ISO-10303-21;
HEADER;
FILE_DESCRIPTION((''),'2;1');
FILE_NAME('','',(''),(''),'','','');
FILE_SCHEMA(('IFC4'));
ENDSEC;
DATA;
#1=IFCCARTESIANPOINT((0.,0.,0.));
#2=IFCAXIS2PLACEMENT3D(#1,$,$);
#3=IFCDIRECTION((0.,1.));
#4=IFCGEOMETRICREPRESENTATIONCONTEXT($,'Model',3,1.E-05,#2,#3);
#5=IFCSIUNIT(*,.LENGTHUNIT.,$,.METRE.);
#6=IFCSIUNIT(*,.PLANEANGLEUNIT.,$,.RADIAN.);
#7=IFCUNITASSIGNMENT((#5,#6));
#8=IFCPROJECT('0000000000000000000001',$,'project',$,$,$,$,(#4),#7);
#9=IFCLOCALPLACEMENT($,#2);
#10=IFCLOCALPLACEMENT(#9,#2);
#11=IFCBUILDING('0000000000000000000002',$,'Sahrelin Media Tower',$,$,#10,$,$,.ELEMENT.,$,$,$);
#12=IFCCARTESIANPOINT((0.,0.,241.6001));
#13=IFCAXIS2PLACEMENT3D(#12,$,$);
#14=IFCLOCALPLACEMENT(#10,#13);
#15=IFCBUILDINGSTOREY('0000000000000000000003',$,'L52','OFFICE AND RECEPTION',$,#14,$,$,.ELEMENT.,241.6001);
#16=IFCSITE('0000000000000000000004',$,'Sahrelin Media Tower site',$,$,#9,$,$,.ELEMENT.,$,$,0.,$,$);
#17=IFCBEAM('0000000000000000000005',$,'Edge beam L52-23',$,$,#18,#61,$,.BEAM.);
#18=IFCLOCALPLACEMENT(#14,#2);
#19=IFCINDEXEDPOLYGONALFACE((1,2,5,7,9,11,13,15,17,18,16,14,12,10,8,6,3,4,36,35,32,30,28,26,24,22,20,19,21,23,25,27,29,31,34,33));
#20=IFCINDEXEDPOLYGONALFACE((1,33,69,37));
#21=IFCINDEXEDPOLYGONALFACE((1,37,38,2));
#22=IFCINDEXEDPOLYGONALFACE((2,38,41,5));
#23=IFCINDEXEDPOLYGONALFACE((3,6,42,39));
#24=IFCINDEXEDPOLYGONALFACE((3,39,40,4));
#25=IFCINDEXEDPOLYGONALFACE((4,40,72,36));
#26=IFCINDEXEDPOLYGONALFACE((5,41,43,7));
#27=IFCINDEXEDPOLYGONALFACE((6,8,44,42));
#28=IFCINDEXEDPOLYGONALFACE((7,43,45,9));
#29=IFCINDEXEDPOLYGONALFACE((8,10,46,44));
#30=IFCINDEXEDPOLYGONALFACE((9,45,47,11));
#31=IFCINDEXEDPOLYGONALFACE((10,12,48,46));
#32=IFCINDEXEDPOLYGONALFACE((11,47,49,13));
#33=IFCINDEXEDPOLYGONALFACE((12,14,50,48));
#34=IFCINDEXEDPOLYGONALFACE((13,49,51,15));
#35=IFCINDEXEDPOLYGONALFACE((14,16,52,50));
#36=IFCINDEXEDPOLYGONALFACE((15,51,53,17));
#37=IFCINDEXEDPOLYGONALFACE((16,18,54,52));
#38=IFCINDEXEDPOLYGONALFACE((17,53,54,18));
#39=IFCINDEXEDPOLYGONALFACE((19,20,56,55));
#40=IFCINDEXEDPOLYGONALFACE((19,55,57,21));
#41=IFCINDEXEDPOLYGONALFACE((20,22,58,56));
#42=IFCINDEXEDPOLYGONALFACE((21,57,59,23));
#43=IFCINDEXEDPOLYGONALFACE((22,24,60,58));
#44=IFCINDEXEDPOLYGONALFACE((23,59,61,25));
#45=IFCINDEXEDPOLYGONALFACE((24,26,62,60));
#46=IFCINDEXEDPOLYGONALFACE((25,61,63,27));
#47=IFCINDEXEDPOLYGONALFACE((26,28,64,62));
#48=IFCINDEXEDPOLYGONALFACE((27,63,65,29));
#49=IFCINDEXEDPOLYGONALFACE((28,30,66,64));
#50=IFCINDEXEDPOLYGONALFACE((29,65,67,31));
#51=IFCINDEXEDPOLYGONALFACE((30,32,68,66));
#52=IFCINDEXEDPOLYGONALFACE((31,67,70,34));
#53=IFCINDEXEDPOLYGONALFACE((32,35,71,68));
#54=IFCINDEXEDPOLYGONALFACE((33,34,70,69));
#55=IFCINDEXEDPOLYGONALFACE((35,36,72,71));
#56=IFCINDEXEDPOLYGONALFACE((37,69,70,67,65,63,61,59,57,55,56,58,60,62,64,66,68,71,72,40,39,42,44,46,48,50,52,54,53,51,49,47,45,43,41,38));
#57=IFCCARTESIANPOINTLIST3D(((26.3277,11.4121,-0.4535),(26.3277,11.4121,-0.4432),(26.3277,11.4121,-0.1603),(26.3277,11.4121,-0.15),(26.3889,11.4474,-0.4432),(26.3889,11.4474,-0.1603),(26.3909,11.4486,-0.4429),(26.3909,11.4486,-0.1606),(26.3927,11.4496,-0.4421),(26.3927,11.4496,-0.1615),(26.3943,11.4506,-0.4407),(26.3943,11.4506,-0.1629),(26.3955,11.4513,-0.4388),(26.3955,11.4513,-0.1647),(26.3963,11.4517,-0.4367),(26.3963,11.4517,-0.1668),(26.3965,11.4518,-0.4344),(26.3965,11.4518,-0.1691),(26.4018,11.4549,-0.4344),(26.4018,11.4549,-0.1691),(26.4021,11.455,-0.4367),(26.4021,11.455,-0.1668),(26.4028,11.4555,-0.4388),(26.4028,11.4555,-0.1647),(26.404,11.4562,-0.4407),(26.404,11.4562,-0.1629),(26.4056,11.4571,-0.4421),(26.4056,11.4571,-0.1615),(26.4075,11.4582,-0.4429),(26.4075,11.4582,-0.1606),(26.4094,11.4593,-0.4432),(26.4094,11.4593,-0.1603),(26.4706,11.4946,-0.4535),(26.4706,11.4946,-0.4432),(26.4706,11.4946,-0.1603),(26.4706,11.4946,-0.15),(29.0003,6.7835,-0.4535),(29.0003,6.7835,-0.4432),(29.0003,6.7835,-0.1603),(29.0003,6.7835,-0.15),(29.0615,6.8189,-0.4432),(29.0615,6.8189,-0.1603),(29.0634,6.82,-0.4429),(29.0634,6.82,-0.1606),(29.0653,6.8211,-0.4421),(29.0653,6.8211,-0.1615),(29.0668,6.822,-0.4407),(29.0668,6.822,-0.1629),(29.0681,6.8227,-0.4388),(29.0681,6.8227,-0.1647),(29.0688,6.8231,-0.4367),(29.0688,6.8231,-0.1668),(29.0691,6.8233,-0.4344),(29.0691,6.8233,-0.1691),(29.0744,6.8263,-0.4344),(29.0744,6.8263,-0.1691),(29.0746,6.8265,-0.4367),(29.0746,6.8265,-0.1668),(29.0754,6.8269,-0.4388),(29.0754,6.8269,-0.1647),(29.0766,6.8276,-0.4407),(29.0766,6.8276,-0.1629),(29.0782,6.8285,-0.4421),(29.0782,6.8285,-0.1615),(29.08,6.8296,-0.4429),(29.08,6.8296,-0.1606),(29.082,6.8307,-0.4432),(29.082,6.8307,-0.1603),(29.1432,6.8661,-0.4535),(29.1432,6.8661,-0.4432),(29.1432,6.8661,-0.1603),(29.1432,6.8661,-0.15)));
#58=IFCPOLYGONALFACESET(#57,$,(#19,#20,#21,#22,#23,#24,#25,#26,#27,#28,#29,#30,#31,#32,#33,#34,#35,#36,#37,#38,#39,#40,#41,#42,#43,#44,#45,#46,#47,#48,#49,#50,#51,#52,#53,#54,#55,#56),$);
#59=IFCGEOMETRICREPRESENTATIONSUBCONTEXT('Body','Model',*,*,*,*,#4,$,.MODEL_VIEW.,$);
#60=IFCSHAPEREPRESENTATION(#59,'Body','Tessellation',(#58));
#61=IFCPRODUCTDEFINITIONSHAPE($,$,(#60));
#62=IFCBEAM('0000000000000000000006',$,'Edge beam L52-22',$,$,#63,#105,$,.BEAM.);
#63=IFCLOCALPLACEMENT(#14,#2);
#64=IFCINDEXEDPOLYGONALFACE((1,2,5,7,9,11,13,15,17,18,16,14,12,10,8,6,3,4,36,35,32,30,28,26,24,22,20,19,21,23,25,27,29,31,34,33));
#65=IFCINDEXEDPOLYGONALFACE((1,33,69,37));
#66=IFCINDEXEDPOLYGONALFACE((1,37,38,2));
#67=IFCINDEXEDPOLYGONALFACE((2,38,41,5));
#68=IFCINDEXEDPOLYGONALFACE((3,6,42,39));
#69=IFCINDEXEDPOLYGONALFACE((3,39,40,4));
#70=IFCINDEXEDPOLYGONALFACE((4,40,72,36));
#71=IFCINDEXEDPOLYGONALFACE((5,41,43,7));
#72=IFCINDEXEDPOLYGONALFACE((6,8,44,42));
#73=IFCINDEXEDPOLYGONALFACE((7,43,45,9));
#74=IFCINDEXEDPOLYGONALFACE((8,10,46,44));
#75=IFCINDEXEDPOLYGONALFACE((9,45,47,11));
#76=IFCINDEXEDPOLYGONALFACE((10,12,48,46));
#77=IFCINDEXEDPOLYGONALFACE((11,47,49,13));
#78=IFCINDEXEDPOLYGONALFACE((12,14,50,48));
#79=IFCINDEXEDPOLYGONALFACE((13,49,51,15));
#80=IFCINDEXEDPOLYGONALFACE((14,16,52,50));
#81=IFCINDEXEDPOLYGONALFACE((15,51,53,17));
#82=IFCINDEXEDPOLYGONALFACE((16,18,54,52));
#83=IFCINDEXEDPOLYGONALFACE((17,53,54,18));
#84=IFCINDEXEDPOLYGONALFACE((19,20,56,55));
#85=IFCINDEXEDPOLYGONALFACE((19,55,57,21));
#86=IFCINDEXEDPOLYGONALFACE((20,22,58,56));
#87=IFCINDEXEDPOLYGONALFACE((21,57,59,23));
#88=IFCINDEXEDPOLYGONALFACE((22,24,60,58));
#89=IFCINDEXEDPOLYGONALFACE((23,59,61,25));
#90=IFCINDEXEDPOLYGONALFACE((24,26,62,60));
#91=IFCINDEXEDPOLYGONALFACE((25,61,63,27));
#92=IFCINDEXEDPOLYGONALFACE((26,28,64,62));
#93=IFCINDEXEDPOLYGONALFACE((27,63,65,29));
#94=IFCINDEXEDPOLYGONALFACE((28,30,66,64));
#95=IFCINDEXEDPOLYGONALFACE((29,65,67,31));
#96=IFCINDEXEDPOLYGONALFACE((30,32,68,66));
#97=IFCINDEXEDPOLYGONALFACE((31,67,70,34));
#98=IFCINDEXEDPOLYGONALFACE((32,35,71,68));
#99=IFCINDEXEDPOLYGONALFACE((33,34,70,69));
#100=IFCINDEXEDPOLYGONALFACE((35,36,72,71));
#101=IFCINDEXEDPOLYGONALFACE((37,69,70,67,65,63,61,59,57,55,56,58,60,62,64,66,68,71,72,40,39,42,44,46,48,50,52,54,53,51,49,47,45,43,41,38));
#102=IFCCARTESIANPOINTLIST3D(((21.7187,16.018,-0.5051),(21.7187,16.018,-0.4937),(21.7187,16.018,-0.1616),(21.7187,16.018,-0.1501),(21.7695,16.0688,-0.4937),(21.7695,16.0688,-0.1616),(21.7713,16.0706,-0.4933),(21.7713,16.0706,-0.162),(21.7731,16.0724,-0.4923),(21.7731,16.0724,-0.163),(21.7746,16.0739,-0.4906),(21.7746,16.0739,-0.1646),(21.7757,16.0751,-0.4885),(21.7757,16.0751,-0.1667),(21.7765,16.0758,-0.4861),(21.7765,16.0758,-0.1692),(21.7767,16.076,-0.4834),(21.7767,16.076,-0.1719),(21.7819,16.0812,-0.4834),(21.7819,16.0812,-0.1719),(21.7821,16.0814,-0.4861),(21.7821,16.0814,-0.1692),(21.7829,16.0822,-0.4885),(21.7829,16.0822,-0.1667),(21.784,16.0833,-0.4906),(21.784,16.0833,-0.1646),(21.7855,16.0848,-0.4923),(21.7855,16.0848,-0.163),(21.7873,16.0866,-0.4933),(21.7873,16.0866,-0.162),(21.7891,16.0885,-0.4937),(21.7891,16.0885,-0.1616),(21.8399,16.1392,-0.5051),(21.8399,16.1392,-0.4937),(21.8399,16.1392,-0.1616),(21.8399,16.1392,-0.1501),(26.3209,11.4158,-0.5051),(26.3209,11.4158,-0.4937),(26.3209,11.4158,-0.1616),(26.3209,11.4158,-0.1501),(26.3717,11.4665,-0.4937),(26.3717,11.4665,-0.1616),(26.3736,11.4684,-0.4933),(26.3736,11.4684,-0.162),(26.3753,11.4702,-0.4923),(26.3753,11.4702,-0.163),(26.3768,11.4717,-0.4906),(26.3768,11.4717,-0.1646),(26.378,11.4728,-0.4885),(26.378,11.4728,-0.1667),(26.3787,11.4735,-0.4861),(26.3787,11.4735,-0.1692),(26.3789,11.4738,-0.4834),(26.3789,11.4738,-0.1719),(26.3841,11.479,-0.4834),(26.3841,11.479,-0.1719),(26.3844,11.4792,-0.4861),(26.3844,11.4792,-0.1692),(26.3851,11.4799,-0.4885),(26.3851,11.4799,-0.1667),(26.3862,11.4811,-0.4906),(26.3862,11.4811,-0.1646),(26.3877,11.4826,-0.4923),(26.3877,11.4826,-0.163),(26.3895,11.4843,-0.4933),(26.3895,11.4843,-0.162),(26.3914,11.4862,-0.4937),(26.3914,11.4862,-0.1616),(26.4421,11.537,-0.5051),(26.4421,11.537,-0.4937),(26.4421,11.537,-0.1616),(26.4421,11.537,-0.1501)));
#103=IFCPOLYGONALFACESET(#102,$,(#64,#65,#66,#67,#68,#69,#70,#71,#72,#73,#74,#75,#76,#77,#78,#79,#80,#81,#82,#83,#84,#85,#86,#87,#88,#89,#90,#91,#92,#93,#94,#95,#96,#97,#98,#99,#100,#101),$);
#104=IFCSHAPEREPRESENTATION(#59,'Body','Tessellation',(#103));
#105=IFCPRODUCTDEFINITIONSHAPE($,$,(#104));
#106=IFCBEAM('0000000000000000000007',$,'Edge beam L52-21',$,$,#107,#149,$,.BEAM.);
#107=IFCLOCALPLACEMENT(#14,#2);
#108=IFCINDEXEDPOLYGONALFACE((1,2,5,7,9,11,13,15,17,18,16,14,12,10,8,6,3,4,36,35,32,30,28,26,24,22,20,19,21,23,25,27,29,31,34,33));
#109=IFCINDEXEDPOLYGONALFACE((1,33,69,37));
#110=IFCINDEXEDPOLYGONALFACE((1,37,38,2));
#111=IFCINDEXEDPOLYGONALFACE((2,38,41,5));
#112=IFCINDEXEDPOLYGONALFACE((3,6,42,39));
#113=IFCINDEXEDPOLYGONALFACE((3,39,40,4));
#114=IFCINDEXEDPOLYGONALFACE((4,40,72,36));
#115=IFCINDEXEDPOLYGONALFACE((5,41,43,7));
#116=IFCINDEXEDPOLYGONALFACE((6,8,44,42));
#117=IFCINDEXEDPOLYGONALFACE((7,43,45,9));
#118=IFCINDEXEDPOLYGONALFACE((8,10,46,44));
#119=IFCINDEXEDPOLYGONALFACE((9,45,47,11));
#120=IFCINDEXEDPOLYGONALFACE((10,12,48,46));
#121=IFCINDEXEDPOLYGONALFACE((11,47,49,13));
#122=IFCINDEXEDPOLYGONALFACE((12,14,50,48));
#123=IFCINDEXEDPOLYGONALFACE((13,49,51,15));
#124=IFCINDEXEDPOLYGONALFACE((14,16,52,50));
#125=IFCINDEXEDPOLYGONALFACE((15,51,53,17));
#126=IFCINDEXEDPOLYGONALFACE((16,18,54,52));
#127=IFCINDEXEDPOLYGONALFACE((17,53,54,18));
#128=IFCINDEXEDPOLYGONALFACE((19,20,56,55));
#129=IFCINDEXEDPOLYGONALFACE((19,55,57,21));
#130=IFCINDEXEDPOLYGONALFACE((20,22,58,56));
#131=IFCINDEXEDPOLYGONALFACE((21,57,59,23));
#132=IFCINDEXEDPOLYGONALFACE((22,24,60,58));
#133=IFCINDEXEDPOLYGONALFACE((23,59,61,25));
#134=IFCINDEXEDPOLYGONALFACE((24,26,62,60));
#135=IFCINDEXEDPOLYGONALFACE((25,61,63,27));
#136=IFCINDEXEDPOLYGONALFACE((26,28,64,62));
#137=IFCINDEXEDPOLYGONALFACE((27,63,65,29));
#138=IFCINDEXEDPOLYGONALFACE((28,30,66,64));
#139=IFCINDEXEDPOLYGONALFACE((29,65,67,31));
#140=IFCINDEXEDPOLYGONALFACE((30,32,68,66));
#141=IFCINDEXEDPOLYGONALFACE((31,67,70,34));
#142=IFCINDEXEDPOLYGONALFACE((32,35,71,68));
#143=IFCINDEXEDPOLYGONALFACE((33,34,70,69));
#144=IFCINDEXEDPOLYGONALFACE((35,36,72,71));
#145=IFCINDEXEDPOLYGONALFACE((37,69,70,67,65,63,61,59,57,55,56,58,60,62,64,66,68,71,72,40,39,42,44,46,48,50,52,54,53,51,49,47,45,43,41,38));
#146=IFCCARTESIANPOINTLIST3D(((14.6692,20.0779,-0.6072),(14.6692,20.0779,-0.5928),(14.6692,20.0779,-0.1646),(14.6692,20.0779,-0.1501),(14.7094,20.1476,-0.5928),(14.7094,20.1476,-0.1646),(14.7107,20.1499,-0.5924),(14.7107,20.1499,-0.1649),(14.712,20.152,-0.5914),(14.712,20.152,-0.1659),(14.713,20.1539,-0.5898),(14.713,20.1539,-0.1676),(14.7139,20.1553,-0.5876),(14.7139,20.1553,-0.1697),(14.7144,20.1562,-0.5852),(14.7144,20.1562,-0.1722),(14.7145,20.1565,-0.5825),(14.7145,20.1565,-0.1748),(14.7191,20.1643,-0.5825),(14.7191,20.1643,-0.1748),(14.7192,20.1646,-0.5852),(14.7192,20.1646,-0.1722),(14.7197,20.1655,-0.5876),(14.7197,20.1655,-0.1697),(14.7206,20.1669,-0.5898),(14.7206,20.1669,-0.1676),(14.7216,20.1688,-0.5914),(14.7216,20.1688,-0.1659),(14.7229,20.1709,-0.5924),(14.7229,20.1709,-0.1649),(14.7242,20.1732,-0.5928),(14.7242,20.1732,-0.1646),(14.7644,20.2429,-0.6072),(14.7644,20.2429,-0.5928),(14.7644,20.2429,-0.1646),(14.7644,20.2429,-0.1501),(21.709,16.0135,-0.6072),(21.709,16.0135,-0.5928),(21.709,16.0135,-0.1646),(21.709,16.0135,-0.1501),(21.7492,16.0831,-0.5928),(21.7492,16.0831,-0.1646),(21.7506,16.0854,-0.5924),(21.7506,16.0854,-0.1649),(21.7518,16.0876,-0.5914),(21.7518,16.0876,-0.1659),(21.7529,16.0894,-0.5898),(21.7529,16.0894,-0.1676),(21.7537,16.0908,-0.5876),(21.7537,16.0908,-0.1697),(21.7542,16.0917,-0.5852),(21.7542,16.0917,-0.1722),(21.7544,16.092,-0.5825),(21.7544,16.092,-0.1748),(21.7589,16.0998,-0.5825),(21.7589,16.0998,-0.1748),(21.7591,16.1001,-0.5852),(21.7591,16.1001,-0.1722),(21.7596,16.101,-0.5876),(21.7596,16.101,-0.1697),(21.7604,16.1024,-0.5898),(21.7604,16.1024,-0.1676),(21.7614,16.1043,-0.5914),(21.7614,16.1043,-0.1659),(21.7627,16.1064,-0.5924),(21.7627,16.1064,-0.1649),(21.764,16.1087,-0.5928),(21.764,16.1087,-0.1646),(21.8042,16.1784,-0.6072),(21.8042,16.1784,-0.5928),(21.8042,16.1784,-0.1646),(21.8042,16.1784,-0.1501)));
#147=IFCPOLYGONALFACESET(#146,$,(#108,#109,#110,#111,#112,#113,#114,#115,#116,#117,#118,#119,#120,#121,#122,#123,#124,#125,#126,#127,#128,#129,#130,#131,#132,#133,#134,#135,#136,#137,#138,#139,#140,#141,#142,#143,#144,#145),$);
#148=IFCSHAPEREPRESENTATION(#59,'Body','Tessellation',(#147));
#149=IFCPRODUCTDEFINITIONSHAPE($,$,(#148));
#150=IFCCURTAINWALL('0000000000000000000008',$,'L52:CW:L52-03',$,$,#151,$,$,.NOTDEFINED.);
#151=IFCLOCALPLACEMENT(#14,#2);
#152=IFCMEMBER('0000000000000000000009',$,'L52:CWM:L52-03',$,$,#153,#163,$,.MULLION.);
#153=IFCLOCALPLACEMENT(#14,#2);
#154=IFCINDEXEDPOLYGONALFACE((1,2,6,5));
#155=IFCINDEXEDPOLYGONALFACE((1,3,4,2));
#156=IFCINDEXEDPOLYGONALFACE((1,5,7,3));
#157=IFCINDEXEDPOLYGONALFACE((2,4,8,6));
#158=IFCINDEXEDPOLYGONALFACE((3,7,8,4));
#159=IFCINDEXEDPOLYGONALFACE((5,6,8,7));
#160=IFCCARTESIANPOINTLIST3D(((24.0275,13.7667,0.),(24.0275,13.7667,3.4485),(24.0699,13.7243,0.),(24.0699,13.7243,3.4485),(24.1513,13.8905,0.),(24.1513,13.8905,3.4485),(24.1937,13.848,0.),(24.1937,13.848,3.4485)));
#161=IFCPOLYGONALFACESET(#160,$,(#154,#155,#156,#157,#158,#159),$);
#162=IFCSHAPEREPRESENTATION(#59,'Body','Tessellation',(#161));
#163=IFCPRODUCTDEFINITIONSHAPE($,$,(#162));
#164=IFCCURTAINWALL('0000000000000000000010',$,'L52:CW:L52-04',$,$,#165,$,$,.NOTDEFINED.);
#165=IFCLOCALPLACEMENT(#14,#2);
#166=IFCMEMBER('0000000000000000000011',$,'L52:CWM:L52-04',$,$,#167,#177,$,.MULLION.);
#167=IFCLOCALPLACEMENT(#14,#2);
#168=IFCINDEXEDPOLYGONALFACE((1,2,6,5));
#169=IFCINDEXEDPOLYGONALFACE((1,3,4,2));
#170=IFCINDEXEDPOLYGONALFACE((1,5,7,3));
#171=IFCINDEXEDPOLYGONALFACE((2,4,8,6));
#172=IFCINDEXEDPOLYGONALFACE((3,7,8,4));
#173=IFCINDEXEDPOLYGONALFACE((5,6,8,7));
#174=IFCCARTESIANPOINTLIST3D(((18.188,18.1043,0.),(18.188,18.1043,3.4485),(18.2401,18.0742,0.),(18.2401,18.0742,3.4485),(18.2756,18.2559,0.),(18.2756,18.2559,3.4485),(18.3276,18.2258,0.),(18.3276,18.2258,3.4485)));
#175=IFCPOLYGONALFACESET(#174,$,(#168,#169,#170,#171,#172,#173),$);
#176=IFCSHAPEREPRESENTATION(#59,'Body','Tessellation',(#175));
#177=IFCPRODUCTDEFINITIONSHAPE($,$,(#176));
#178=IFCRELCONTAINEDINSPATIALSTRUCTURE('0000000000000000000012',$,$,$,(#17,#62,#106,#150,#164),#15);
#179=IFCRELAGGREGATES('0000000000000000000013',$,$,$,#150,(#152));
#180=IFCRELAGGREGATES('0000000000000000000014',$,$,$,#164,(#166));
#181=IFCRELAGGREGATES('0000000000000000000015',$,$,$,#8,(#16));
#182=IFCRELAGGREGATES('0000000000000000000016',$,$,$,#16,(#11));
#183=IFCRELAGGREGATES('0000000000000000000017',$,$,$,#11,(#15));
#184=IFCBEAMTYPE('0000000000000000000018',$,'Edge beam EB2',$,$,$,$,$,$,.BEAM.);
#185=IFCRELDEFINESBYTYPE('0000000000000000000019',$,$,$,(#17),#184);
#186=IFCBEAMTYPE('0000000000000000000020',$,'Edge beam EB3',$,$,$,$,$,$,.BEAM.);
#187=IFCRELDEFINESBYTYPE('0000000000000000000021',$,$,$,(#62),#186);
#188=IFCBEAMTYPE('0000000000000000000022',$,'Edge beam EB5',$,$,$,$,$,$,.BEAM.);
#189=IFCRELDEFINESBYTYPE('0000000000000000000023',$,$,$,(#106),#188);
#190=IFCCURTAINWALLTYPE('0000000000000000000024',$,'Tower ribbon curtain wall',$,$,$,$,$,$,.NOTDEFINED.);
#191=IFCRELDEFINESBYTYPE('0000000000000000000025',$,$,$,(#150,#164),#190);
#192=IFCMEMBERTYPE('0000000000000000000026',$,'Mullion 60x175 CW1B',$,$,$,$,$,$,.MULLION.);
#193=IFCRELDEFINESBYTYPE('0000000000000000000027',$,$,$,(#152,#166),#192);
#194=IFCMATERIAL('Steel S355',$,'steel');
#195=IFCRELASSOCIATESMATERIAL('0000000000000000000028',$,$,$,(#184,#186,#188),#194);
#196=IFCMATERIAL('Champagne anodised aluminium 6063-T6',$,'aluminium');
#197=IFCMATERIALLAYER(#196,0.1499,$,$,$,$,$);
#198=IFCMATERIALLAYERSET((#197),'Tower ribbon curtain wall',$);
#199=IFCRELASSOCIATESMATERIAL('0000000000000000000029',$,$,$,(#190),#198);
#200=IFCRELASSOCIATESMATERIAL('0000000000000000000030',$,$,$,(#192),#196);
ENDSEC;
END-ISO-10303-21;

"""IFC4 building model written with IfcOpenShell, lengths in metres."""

from ifc_helpers import new_model, si_unit, direction, frame, origin, origin_2d, place, context, subcontext, project, spatial, rectangle, i_section, extrude, material, layer, layer_set, material_profile, profile_set, type_object, element, aggregate, save


model = new_model("IFC4")

# Units and contexts
model_context = context("Model", 3, precision=1e-05, world=origin(), true_north=direction((0.0, 1.0)))
body_context = subcontext(model_context, "Body", "Model", "MODEL_VIEW")
ifc_project = project(units=[si_unit("LENGTHUNIT", "METRE"), si_unit("PLANEANGLEUNIT", "RADIAN")], contexts=[model_context])

# Site, building, storey
site_placement = place(None, origin())
site = spatial("IfcSite", under=ifc_project, at=site_placement, Name="Sahrelin Media Tower site", CompositionType="ELEMENT", RefElevation=0.0)
building_placement = place(site_placement, origin())
building = spatial("IfcBuilding", under=site, at=building_placement, Name="Sahrelin Media Tower", CompositionType="ELEMENT")
storey_placement = place(building_placement, frame((0.0, 0.0, 241.6001)))
storey = spatial("IfcBuildingStorey", under=building, at=storey_placement, Name="L52", Description="OFFICE AND RECEPTION", CompositionType="ELEMENT", Elevation=241.6001)

# Beams
ifc_material_1 = material(Name="Steel S355", Category="steel")
ifc_material_profile_1 = material_profile(ifc_material_1, i_section(OverallWidth=0.165, OverallDepth=0.3035, WebThickness=0.0061, FlangeThickness=0.0103, FilletRadius=0.0088, at=origin_2d()), Name="UB 305x165x40")
ifc_profile_set_1 = profile_set([ifc_material_profile_1], Name="Steel S355")
beam_type_1 = type_object("IfcBeamType", Name="Edge beam EB2", PredefinedType="BEAM", material=ifc_profile_set_1)
beam_1_placement = place(storey_placement, frame((26.3992, 11.4534, -0.3018), z_axis=(0.500035, -0.866005, 0.0), x_axis=(0.866005, 0.500035, 0.0)))
element("IfcBeam", 1, at=beam_1_placement, inside=storey, type_object=beam_type_1, Name="Edge beam L52-23", PredefinedType="BEAM", context=body_context, shape_type="SweptSolid", body=[
    extrude(i_section(OverallWidth=0.165, OverallDepth=0.3035, WebThickness=0.0061, FlangeThickness=0.0103, FilletRadius=0.0088, at=origin_2d()), origin(), (0.0, 0.0, 1.0), 5.3447),
])
ifc_material_profile_2 = material_profile(ifc_material_1, i_section(OverallWidth=0.1714, OverallDepth=0.355, WebThickness=0.0073, FlangeThickness=0.0115, FilletRadius=0.0103, at=origin_2d()), Name="UB 356x171x51")
ifc_profile_set_2 = profile_set([ifc_material_profile_2], Name="Steel S355")
beam_type_2 = type_object("IfcBeamType", Name="Edge beam EB3", PredefinedType="BEAM", material=ifc_profile_set_2)
beam_2_placement = place(storey_placement, frame((21.7793, 16.0786, -0.3276), z_axis=(0.707107, -0.707107, 0.0), x_axis=(0.707107, 0.707107, 0.0)))
element("IfcBeam", 2, at=beam_2_placement, inside=storey, type_object=beam_type_2, Name="Edge beam L52-22", PredefinedType="BEAM", context=body_context, shape_type="SweptSolid", body=[
    extrude(i_section(OverallWidth=0.1714, OverallDepth=0.355, WebThickness=0.0073, FlangeThickness=0.0115, FilletRadius=0.0103, at=origin_2d()), origin(), (0.0, 0.0, 1.0), 6.5085),
])
ifc_material_profile_3 = material_profile(ifc_material_1, i_section(OverallWidth=0.1904, OverallDepth=0.457, WebThickness=0.009, FlangeThickness=0.0144, FilletRadius=0.0103, at=origin_2d()), Name="UB 457x191x74")
ifc_profile_set_3 = profile_set([ifc_material_profile_3], Name="Steel S355")
beam_type_3 = type_object("IfcBeamType", Name="Edge beam EB5", PredefinedType="BEAM", material=ifc_profile_set_3)
beam_3_placement = place(storey_placement, frame((14.7168, 20.1604, -0.3787), z_axis=(0.866024, -0.500002, 0.0), x_axis=(0.500002, 0.866024, 0.0)))
element("IfcBeam", 3, at=beam_3_placement, inside=storey, type_object=beam_type_3, Name="Edge beam L52-21", PredefinedType="BEAM", context=body_context, shape_type="SweptSolid", body=[
    extrude(i_section(OverallWidth=0.1904, OverallDepth=0.457, WebThickness=0.009, FlangeThickness=0.0144, FilletRadius=0.0103, at=origin_2d()), origin(), (0.0, 0.0, 1.0), 8.1289),
])

# Curtain walls, members
ifc_material_2 = material(Name="Champagne anodised aluminium 6063-T6", Category="aluminium")
ifc_layer_1 = layer(ifc_material_2, 0.1499)
ifc_layer_set_1 = layer_set([ifc_layer_1], Name="Tower ribbon curtain wall")
curtain_wall_type = type_object("IfcCurtainWallType", Name="Tower ribbon curtain wall", PredefinedType="NOTDEFINED", material=ifc_layer_set_1)
curtain_wall_1_placement = place(storey_placement, frame((24.1865, 13.8835, 0.0), z_axis=(0.0, 0.0, 1.0), x_axis=(1.0, 0.0, 0.0)))
curtain_wall_1 = element("IfcCurtainWall", 4, at=curtain_wall_1_placement, inside=storey, type_object=curtain_wall_type, Name="L52:CW:L52-03", PredefinedType="NOTDEFINED")
ifc_material_profile_4 = material_profile(ifc_material_2, rectangle(XDim=0.0601, YDim=0.175, at=origin_2d()), Name="Mullion 60x175")
ifc_profile_set_4 = profile_set([ifc_material_profile_4], Name="Champagne anodised aluminium 6063-T6")
member_type_1 = type_object("IfcMemberType", Name="Mullion 60x175 CW1B", PredefinedType="MULLION", material=ifc_profile_set_4)
member_1_placement = place(storey_placement, frame((24.1106, 13.8074, 0.0), z_axis=(0.0, 0.0, 1.0), x_axis=(-0.707107, 0.707107, 0.0)))
member_1 = element("IfcMember", 5, at=member_1_placement, type_object=member_type_1, Name="L52:CWM:L52-03", PredefinedType="MULLION", context=body_context, shape_type="SweptSolid", body=[
    extrude(rectangle(XDim=0.0601, YDim=0.175, at=origin_2d()), origin(), (0.0, 0.0, 1.0), 3.4485),
])
curtain_wall_2_placement = place(storey_placement, frame((18.3115, 18.2583, 0.0), z_axis=(0.0, 0.0, 1.0), x_axis=(1.0, 0.0, 0.0)))
curtain_wall_2 = element("IfcCurtainWall", 6, at=curtain_wall_2_placement, inside=storey, type_object=curtain_wall_type, Name="L52:CW:L52-04", PredefinedType="NOTDEFINED")
member_2_placement = place(storey_placement, frame((18.2578, 18.165, 0.0), z_axis=(0.0, 0.0, 1.0), x_axis=(-0.866027, 0.499997, 0.0)))
member_2 = element("IfcMember", 7, at=member_2_placement, type_object=member_type_1, Name="L52:CWM:L52-04", PredefinedType="MULLION", context=body_context, shape_type="SweptSolid", body=[
    extrude(rectangle(XDim=0.0601, YDim=0.175, at=origin_2d()), origin(), (0.0, 0.0, 1.0), 3.4485),
])

aggregate(curtain_wall_1, [member_1])
aggregate(curtain_wall_2, [member_2])

save(model, "model.ifc")
